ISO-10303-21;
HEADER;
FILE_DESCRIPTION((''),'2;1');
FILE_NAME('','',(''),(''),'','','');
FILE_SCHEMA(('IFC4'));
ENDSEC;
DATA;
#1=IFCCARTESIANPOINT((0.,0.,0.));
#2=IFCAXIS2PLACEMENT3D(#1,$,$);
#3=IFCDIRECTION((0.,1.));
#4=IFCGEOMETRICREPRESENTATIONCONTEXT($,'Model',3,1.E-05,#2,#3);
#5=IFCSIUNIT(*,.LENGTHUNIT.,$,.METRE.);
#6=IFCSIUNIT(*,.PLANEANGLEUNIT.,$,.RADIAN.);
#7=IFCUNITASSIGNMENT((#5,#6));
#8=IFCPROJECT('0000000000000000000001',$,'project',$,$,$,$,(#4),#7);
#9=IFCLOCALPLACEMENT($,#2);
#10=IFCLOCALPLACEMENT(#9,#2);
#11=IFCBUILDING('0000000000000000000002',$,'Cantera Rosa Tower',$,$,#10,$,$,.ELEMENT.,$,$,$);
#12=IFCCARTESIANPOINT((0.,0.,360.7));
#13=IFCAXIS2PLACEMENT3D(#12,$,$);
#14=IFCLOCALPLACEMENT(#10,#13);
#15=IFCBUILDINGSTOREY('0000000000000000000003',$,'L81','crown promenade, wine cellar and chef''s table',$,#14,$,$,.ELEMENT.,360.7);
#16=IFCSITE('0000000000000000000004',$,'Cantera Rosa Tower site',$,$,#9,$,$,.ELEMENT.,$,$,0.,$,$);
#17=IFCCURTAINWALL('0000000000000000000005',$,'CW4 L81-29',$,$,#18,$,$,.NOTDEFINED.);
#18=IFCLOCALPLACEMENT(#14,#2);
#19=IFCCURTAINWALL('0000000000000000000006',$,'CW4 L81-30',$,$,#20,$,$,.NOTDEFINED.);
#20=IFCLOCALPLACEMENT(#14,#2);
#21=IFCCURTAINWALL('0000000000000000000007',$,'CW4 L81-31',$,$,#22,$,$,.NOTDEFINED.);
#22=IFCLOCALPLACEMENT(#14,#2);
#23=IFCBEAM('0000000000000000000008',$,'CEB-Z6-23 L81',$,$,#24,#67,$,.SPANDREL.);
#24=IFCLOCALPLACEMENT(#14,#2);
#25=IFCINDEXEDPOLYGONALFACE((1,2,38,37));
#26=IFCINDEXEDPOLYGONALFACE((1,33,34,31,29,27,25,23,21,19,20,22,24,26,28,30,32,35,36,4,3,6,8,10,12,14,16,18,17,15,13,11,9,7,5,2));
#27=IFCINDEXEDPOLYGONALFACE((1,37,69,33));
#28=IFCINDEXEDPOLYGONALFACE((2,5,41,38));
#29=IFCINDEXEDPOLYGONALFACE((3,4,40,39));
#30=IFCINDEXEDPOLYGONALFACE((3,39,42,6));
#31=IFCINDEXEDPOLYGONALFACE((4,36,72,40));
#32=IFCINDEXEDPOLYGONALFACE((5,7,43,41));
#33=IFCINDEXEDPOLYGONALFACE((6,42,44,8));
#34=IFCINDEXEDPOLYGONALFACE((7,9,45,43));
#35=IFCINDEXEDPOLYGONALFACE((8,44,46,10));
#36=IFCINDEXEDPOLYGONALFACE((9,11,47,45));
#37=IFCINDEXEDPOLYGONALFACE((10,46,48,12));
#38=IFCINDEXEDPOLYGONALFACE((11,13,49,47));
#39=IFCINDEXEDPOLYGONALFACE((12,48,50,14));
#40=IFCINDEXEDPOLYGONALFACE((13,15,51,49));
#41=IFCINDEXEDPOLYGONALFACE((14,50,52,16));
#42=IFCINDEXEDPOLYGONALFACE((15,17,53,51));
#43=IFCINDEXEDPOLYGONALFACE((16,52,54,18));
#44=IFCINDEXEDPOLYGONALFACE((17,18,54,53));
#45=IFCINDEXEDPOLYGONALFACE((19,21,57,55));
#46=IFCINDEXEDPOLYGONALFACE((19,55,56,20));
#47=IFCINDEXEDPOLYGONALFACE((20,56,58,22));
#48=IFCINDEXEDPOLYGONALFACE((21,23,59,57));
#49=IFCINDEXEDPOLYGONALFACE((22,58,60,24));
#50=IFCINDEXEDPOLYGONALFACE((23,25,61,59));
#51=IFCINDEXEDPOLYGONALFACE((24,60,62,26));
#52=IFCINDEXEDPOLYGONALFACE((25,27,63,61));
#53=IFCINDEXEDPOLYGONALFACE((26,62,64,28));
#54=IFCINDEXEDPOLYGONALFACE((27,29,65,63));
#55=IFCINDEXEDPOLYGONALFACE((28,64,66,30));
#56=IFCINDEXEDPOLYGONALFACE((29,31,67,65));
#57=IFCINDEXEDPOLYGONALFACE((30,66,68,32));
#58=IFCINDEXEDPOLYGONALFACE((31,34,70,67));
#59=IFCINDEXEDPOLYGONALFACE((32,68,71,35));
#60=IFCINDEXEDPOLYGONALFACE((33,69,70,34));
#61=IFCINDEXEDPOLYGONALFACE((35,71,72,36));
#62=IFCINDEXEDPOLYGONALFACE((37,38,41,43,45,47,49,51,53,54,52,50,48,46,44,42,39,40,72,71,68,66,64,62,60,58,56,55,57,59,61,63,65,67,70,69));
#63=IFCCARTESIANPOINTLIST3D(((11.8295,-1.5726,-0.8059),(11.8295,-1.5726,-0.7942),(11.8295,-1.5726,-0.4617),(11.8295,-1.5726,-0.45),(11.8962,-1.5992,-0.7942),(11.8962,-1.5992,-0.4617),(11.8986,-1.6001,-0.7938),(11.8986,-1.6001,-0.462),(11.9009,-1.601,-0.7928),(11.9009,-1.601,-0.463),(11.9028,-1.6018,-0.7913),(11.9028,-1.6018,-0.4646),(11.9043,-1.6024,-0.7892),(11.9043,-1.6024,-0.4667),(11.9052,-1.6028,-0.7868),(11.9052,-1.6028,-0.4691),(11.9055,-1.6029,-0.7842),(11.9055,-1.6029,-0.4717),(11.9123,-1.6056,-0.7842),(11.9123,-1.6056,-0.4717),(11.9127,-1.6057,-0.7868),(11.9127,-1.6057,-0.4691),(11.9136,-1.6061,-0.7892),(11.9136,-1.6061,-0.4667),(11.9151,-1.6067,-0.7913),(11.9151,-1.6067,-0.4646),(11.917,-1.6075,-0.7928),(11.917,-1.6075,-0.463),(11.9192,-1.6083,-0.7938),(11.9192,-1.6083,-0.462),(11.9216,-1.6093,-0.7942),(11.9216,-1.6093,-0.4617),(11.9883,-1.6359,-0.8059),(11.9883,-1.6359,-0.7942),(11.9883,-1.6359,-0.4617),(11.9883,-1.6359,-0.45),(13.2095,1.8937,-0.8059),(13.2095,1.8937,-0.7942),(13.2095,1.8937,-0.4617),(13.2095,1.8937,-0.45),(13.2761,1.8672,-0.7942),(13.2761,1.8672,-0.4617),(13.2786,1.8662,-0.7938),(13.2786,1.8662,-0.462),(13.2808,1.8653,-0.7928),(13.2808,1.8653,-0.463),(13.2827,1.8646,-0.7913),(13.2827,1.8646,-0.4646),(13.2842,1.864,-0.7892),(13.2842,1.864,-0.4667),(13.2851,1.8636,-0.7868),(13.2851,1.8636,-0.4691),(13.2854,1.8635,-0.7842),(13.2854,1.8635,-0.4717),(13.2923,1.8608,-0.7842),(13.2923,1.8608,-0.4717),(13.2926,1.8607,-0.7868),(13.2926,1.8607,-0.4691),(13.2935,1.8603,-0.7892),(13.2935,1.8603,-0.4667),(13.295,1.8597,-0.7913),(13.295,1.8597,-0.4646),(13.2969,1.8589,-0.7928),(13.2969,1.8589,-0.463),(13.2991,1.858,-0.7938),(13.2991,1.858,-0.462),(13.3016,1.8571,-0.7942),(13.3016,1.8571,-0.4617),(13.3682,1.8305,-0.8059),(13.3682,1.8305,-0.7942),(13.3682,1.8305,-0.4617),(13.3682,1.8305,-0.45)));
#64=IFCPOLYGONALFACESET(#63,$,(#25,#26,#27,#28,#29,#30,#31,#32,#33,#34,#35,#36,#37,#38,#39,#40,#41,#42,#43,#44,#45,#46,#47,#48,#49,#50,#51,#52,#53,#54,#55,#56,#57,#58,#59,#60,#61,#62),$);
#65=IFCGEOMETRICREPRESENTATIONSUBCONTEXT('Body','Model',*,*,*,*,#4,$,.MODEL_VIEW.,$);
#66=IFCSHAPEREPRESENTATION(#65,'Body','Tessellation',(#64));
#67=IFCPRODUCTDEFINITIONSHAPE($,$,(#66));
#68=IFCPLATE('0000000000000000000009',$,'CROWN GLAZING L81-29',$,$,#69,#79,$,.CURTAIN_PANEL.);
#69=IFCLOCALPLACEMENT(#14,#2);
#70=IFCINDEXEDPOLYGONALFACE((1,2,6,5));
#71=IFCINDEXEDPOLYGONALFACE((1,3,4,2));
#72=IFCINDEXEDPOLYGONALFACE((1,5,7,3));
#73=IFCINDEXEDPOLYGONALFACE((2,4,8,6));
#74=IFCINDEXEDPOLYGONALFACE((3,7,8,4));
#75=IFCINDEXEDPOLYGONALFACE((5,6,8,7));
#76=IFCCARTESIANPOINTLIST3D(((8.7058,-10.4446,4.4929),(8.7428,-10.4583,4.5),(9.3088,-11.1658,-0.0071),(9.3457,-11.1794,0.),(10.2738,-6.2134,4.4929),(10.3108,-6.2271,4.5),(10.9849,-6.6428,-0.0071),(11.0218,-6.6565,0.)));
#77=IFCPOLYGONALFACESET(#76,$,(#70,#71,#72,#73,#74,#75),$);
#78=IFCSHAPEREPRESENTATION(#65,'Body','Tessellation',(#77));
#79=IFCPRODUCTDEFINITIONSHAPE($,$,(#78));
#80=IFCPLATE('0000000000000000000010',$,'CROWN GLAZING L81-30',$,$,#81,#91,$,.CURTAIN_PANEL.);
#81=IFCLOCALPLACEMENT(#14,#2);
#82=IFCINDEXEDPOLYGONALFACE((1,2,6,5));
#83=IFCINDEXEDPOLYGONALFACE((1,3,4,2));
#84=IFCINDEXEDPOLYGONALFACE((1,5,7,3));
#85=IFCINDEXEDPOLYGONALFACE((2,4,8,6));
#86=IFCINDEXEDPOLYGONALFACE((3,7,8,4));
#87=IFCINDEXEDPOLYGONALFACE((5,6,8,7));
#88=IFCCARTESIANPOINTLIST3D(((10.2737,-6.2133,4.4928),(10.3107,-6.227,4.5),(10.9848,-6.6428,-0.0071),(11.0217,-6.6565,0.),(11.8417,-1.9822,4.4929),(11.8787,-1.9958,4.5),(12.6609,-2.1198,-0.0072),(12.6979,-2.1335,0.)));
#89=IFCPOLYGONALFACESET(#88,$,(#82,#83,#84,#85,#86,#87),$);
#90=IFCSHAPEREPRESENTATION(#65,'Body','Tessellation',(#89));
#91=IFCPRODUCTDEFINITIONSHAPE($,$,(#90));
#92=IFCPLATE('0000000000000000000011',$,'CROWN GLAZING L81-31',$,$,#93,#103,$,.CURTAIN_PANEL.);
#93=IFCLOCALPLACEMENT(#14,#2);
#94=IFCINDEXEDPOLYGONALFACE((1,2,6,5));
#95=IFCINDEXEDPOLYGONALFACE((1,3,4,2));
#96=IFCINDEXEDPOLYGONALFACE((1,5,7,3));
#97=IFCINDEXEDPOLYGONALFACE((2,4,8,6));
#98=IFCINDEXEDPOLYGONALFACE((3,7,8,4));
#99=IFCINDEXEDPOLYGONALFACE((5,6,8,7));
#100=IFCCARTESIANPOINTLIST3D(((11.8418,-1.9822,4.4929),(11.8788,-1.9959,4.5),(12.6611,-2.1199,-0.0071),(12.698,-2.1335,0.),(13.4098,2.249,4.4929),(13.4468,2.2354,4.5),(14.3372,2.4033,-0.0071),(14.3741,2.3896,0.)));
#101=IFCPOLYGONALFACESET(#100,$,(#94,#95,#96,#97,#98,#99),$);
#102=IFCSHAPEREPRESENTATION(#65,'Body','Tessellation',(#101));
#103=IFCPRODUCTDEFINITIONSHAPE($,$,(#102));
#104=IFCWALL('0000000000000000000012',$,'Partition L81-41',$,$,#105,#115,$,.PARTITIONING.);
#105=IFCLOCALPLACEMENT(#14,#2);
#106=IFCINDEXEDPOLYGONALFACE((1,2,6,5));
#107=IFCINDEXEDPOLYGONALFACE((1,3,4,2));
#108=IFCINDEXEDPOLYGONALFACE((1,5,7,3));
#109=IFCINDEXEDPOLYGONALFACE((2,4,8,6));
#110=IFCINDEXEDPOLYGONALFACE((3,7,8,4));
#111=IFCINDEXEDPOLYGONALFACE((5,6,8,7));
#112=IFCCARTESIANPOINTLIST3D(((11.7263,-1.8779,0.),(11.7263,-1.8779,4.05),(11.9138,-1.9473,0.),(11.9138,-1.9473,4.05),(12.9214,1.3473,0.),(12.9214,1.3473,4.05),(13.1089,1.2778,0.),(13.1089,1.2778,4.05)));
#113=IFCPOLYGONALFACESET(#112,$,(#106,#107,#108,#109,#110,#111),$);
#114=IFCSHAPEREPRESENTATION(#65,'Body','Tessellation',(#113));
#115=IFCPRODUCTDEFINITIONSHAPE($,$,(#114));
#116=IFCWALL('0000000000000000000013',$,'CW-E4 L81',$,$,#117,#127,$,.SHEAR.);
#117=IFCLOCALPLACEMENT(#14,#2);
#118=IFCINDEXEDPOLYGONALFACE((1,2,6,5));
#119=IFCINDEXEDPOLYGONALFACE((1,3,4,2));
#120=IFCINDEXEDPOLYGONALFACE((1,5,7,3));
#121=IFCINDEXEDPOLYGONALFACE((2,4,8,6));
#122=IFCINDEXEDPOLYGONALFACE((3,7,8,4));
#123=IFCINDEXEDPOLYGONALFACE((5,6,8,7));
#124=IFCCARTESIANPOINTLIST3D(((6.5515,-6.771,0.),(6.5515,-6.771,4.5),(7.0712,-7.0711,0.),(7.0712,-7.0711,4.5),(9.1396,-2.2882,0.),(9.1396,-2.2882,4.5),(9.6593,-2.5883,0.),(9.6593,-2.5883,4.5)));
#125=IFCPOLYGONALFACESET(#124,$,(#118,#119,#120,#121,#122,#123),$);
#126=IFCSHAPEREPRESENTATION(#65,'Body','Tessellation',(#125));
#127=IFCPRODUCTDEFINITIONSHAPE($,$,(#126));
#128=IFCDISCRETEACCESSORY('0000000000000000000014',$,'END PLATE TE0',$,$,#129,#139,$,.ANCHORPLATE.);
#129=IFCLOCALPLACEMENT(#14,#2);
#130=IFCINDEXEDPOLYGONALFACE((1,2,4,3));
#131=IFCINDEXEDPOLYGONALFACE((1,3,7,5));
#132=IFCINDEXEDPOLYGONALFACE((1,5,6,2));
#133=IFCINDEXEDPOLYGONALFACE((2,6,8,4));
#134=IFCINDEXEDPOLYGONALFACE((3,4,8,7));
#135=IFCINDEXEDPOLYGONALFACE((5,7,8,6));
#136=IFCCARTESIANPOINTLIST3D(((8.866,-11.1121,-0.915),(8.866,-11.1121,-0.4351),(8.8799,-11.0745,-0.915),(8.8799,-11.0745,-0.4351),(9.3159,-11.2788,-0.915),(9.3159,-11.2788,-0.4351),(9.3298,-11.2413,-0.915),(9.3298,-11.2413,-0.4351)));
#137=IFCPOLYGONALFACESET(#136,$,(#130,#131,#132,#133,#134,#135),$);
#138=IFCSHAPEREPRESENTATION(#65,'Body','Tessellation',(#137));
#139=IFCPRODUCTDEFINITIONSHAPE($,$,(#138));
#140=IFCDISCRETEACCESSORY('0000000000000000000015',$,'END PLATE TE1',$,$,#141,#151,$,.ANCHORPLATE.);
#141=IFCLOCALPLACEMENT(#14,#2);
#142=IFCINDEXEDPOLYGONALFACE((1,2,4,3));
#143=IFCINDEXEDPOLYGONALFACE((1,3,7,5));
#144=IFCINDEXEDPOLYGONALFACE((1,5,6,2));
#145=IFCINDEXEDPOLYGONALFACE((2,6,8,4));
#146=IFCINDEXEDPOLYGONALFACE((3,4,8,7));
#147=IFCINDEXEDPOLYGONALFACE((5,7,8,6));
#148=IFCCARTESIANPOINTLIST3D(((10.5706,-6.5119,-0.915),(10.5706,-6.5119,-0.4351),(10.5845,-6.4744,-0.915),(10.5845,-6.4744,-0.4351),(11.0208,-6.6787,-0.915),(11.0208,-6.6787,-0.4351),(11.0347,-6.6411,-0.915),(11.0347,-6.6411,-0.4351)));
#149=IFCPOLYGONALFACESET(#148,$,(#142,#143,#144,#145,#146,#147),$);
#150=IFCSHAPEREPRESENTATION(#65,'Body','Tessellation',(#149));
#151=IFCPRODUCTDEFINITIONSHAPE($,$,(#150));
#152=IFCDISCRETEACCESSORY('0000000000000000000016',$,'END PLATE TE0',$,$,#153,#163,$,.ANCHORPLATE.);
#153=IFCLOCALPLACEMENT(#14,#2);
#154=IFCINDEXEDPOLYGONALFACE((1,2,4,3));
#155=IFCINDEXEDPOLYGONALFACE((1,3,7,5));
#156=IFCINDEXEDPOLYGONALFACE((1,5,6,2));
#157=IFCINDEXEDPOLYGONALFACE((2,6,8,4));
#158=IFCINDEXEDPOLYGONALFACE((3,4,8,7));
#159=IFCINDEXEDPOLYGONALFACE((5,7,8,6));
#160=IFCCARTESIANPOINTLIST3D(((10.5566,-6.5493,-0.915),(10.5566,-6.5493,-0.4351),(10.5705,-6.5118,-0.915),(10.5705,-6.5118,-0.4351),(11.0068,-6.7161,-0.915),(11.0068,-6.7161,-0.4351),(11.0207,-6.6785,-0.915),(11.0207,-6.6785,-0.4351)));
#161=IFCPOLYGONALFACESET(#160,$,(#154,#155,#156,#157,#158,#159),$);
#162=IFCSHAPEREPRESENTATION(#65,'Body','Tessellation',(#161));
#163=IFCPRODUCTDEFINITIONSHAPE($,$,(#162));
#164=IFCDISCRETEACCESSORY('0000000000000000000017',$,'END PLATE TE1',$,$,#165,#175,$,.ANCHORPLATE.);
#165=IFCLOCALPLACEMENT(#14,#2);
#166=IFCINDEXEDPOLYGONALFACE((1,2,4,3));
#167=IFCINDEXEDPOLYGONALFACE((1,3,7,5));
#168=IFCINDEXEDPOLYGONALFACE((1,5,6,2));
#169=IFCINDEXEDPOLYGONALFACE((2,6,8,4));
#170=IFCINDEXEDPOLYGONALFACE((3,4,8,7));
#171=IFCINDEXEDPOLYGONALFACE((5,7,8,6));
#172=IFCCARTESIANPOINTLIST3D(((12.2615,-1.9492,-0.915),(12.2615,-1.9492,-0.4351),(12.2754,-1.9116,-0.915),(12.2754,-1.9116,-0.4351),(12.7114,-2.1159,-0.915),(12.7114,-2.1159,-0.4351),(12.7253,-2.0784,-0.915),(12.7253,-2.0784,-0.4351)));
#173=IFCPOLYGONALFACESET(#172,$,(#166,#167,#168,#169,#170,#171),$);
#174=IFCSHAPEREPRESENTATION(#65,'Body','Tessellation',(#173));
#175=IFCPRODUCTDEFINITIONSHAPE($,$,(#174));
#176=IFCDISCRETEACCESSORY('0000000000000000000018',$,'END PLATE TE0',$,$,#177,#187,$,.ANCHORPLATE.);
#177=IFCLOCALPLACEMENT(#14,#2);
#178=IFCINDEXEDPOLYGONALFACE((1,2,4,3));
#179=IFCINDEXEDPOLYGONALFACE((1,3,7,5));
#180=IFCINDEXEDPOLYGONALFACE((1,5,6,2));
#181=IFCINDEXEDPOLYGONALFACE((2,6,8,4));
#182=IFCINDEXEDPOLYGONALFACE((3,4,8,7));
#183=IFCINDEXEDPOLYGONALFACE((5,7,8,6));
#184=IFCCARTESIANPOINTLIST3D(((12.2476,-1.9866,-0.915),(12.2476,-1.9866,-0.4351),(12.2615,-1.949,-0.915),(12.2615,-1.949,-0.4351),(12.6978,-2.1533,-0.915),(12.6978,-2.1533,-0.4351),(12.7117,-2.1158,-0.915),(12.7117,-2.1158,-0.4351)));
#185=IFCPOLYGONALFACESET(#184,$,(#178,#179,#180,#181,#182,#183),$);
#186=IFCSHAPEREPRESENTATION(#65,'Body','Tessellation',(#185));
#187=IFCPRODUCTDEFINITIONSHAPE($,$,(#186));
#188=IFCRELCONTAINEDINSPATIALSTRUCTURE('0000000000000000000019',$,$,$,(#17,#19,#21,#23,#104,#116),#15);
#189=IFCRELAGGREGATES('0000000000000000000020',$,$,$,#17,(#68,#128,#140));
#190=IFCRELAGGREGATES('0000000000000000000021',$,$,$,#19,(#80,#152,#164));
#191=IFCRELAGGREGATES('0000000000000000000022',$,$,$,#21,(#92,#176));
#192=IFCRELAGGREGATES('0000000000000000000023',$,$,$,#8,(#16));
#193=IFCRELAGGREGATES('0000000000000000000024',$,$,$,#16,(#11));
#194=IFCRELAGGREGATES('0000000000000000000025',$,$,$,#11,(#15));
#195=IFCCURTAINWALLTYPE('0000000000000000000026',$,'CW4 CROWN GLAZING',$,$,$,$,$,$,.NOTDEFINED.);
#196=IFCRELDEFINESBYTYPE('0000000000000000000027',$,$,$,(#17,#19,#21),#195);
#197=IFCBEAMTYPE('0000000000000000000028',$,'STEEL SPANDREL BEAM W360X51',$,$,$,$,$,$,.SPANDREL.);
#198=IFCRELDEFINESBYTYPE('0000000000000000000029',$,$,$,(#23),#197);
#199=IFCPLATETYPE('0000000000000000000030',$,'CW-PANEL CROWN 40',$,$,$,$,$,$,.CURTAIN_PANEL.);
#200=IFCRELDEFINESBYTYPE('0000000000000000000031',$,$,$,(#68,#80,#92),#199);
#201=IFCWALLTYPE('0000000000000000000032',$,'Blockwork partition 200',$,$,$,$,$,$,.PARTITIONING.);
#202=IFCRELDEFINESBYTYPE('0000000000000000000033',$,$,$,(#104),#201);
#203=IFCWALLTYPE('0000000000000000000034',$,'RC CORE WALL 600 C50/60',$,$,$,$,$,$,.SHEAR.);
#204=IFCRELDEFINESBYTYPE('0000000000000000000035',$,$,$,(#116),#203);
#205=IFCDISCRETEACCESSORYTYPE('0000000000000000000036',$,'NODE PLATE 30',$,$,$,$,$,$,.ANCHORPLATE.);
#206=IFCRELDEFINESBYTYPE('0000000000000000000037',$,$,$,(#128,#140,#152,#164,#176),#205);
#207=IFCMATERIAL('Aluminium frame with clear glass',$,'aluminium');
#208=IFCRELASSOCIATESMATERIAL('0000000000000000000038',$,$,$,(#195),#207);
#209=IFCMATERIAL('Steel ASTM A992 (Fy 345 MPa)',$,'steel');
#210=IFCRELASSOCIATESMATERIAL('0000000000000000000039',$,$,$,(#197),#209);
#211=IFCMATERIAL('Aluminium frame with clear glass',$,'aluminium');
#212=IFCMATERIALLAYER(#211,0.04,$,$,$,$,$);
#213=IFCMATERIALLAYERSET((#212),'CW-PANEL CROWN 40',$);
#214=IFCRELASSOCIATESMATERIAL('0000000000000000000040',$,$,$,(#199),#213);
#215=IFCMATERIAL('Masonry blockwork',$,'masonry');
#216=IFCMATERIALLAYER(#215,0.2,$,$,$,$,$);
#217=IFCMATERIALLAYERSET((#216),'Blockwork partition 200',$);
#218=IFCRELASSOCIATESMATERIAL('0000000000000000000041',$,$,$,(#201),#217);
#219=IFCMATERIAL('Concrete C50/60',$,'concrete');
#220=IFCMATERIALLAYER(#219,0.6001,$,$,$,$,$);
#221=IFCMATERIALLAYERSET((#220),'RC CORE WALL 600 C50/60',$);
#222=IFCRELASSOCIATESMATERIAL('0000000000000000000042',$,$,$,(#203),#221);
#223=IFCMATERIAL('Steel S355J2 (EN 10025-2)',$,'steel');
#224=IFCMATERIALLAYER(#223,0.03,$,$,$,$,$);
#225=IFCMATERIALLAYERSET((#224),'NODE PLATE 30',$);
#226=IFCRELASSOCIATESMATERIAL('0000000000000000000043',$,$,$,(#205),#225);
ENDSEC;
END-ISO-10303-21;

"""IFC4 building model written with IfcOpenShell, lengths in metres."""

from ifc_helpers import new_model, si_unit, direction, frame, frame_2d, origin, origin_2d, place, context, subcontext, project, spatial, polyline, rectangle, i_section, outline, extrude, material, layer, layer_set, material_profile, profile_set, type_object, element, aggregate, save


model = new_model("IFC4")

# Units and contexts
model_context = context("Model", 3, precision=1e-05, world=origin(), true_north=direction((0.0, 1.0)))
body_context = subcontext(model_context, "Body", "Model", "MODEL_VIEW")
ifc_project = project(units=[si_unit("LENGTHUNIT", "METRE"), si_unit("PLANEANGLEUNIT", "RADIAN")], contexts=[model_context])

# Site, building, storey
site_placement = place(None, origin())
site = spatial("IfcSite", under=ifc_project, at=site_placement, Name="Cantera Rosa Tower site", CompositionType="ELEMENT", RefElevation=0.0)
building_placement = place(site_placement, origin())
building = spatial("IfcBuilding", under=site, at=building_placement, Name="Cantera Rosa Tower", CompositionType="ELEMENT")
storey_placement = place(building_placement, frame((0.0, 0.0, 360.7)))
storey = spatial("IfcBuildingStorey", under=building, at=storey_placement, Name="L81", Description="crown promenade, wine cellar and chef's table", CompositionType="ELEMENT", Elevation=360.7)

# Curtain walls
ifc_material_1 = material(Name="Aluminium frame with clear glass", Category="aluminium")
curtain_wall_type = type_object("IfcCurtainWallType", Name="CW4 CROWN GLAZING", PredefinedType="NOTDEFINED", material=ifc_material_1)
curtain_wall_1_placement = place(storey_placement, origin())
curtain_wall_1 = element("IfcCurtainWall", 1, at=curtain_wall_1_placement, inside=storey, type_object=curtain_wall_type, Name="CW4 L81-29", PredefinedType="NOTDEFINED")
curtain_wall_2_placement = place(storey_placement, origin())
curtain_wall_2 = element("IfcCurtainWall", 2, at=curtain_wall_2_placement, inside=storey, type_object=curtain_wall_type, Name="CW4 L81-30", PredefinedType="NOTDEFINED")
curtain_wall_3_placement = place(storey_placement, origin())
curtain_wall_3 = element("IfcCurtainWall", 3, at=curtain_wall_3_placement, inside=storey, type_object=curtain_wall_type, Name="CW4 L81-31", PredefinedType="NOTDEFINED")

# Beam
ifc_material_2 = material(Name="Steel ASTM A992 (Fy 345 MPa)", Category="steel")
ifc_material_profile_1 = material_profile(ifc_material_2, i_section(OverallWidth=0.1709, OverallDepth=0.356, WebThickness=0.0073, FlangeThickness=0.0117, FilletRadius=0.01, at=origin_2d()), Name="W360X51")
ifc_profile_set_1 = profile_set([ifc_material_profile_1], Name="Steel ASTM A992 (Fy 345 MPa)")
beam_type_1 = type_object("IfcBeamType", Name="STEEL SPANDREL BEAM W360X51", PredefinedType="SPANDREL", material=ifc_profile_set_1)
beam_1_placement = place(storey_placement, frame((11.9089, -1.6042, -0.6279), z_axis=(0.369856, 0.929089, 0.0), x_axis=(-0.929089, 0.369856, 0.0)))
element("IfcBeam", 4, at=beam_1_placement, inside=storey, type_object=beam_type_1, Name="CEB-Z6-23 L81", PredefinedType="SPANDREL", context=body_context, shape_type="SweptSolid", body=[
    extrude(i_section(OverallWidth=0.1709, OverallDepth=0.356, WebThickness=0.0073, FlangeThickness=0.0117, FilletRadius=0.01, at=origin_2d()), origin(), (0.0, 0.0, 1.0), 3.731),
])

# Plates
ifc_material_3 = material(Name="Aluminium frame with clear glass", Category="aluminium")
ifc_layer_1 = layer(ifc_material_3, 0.04)
ifc_layer_set_1 = layer_set([ifc_layer_1], Name="CW-PANEL CROWN 40")
plate_type = type_object("IfcPlateType", Name="CW-PANEL CROWN 40", PredefinedType="CURTAIN_PANEL", material=ifc_layer_set_1)
plate_1_placement = place(storey_placement, frame((9.3457, -11.1794, 0.0), z_axis=(0.922639, -0.341914, 0.178415), x_axis=(0.347489, 0.937684, 0.000004)))
plate_1 = element("IfcPlate", 5, at=plate_1_placement, type_object=plate_type, Name="CROWN GLAZING L81-29", PredefinedType="CURTAIN_PANEL", context=body_context, shape_type="SweptSolid", body=[
    extrude(outline(polyline([(0.0, 0.0), (4.8235, 0.0), (4.9792, 4.5734), (0.4667, 4.5734), (0.0, 0.0)])), origin(), (0.0, 0.0, -1.0), 0.04),
])
plate_2_placement = place(storey_placement, frame((11.0217, -6.6565, 0.0), z_axis=(0.922638, -0.341914, 0.178422), x_axis=(0.347491, 0.937683, -0.000005)))
plate_2 = element("IfcPlate", 6, at=plate_2_placement, type_object=plate_type, Name="CROWN GLAZING L81-30", PredefinedType="CURTAIN_PANEL", context=body_context, shape_type="SweptSolid", body=[
    extrude(outline(polyline([(0.0, 0.0), (4.8236, 0.0), (4.668, 4.5734), (0.1556, 4.5734), (0.0, 0.0)])), origin(), (0.0, 0.0, -1.0), 0.04),
])
plate_3_placement = place(storey_placement, frame((12.698, -2.1335, 0.0), z_axis=(0.922641, -0.341906, 0.178421), x_axis=(0.34748, 0.937687, 0.000005)))
plate_3 = element("IfcPlate", 7, at=plate_3_placement, type_object=plate_type, Name="CROWN GLAZING L81-31", PredefinedType="CURTAIN_PANEL", context=body_context, shape_type="SweptSolid", body=[
    extrude(outline(polyline([(0.0, 0.0), (4.8237, 0.0), (4.3569, 4.5734), (-0.1556, 4.5734), (0.0, 0.0)])), origin(), (0.0, 0.0, -1.0), 0.04),
])

# Walls
ifc_material_4 = material(Name="Masonry blockwork", Category="masonry")
ifc_layer_2 = layer(ifc_material_4, 0.2)
ifc_layer_set_2 = layer_set([ifc_layer_2], Name="Blockwork partition 200")
wall_type_1 = type_object("IfcWallType", Name="Blockwork partition 200", PredefinedType="PARTITIONING", material=ifc_layer_set_2)
wall_1_placement = place(storey_placement, frame((11.8201, -1.9126, 0.0), z_axis=(0.0, 0.0, 1.0), x_axis=(0.347465, 0.937693, 0.0)))
element("IfcWall", 8, at=wall_1_placement, inside=storey, type_object=wall_type_1, Name="Partition L81-41", PredefinedType="PARTITIONING", context=body_context, shape_type="SweptSolid", body=[
    extrude(rectangle(XDim=3.4395, YDim=0.2, at=frame_2d((1.7197, 0.0))), origin(), (0.0, 0.0, 1.0), 4.05),
])
ifc_material_5 = material(Name="Concrete C50/60", Category="concrete")
ifc_layer_3 = layer(ifc_material_5, 0.6001)
ifc_layer_set_3 = layer_set([ifc_layer_3], Name="RC CORE WALL 600 C50/60")
wall_type_2 = type_object("IfcWallType", Name="RC CORE WALL 600 C50/60", PredefinedType="SHEAR", material=ifc_layer_set_3)
wall_2_placement = place(storey_placement, frame((9.3994, -2.4382, 0.0), z_axis=(0.0, 0.0, 1.0), x_axis=(-0.499989, -0.866032, 0.0)))
element("IfcWall", 9, at=wall_2_placement, inside=storey, type_object=wall_type_2, Name="CW-E4 L81", PredefinedType="SHEAR", context=body_context, shape_type="SweptSolid", body=[
    extrude(rectangle(XDim=5.1763, YDim=0.6001, at=frame_2d((2.5881, 0.0))), origin(), (0.0, 0.0, 1.0), 4.5),
])

# Discrete accessories
ifc_material_6 = material(Name="Steel S355J2 (EN 10025-2)", Category="steel")
ifc_layer_4 = layer(ifc_material_6, 0.03)
ifc_layer_set_4 = layer_set([ifc_layer_4], Name="NODE PLATE 30")
discrete_accessory_type = type_object("IfcDiscreteAccessoryType", Name="NODE PLATE 30", PredefinedType="ANCHORPLATE", material=ifc_layer_set_4)
discrete_accessory_1_placement = place(storey_placement, frame((9.3159, -11.2788, -0.4351), z_axis=(-0.347497, -0.937681, 0.0), x_axis=(-0.937681, 0.347497, 0.0)))
discrete_accessory_1 = element("IfcDiscreteAccessory", 10, at=discrete_accessory_1_placement, type_object=discrete_accessory_type, Name="END PLATE TE0", PredefinedType="ANCHORPLATE", context=body_context, shape_type="SweptSolid", body=[
    extrude(outline(polyline([(0.0, 0.0), (0.4799, 0.0), (0.4799, 0.48), (0.0, 0.48), (0.0, 0.0)])), origin(), (0.0, 0.0, -1.0), 0.04),
])
discrete_accessory_2_placement = place(storey_placement, frame((10.5845, -6.4744, -0.4351), z_axis=(0.347331, 0.937743, 0.0), x_axis=(0.937743, -0.347331, 0.0)))
discrete_accessory_2 = element("IfcDiscreteAccessory", 11, at=discrete_accessory_2_placement, type_object=discrete_accessory_type, Name="END PLATE TE1", PredefinedType="ANCHORPLATE", context=body_context, shape_type="SweptSolid", body=[
    extrude(outline(polyline([(0.0, 0.0), (0.4801, 0.0), (0.4801, 0.48), (0.0, 0.48), (0.0, 0.0)])), origin(), (0.0, 0.0, -1.0), 0.04),
])
aggregate(curtain_wall_1, [plate_1, discrete_accessory_1, discrete_accessory_2])
discrete_accessory_3_placement = place(storey_placement, frame((11.0068, -6.7161, -0.4351), z_axis=(-0.347331, -0.937743, 0.0), x_axis=(-0.937743, 0.347331, 0.0)))
discrete_accessory_3 = element("IfcDiscreteAccessory", 12, at=discrete_accessory_3_placement, type_object=discrete_accessory_type, Name="END PLATE TE0", PredefinedType="ANCHORPLATE", context=body_context, shape_type="SweptSolid", body=[
    extrude(outline(polyline([(0.0, 0.0), (0.4801, 0.0), (0.4801, 0.48), (0.0, 0.48), (0.0, 0.0)])), origin(), (0.0, 0.0, -1.0), 0.04),
])
discrete_accessory_4_placement = place(storey_placement, frame((12.2754, -1.9116, -0.4351), z_axis=(0.347497, 0.937681, 0.0), x_axis=(0.937681, -0.347497, 0.0)))
discrete_accessory_4 = element("IfcDiscreteAccessory", 13, at=discrete_accessory_4_placement, type_object=discrete_accessory_type, Name="END PLATE TE1", PredefinedType="ANCHORPLATE", context=body_context, shape_type="SweptSolid", body=[
    extrude(outline(polyline([(0.0, 0.0), (0.4799, 0.0), (0.4799, 0.48), (0.0, 0.48), (0.0, 0.0)])), origin(), (0.0, 0.0, -1.0), 0.04),
])
aggregate(curtain_wall_2, [plate_2, discrete_accessory_3, discrete_accessory_4])
discrete_accessory_5_placement = place(storey_placement, frame((12.6978, -2.1533, -0.4351), z_axis=(-0.347331, -0.937743, 0.0), x_axis=(-0.937743, 0.347331, 0.0)))
discrete_accessory_5 = element("IfcDiscreteAccessory", 14, at=discrete_accessory_5_placement, type_object=discrete_accessory_type, Name="END PLATE TE0", PredefinedType="ANCHORPLATE", context=body_context, shape_type="SweptSolid", body=[
    extrude(outline(polyline([(0.0, 0.0), (0.4801, 0.0), (0.4801, 0.48), (0.0, 0.48), (0.0, 0.0)])), origin(), (0.0, 0.0, -1.0), 0.04),
])
aggregate(curtain_wall_3, [plate_3, discrete_accessory_5])

save(model, "model.ifc")
